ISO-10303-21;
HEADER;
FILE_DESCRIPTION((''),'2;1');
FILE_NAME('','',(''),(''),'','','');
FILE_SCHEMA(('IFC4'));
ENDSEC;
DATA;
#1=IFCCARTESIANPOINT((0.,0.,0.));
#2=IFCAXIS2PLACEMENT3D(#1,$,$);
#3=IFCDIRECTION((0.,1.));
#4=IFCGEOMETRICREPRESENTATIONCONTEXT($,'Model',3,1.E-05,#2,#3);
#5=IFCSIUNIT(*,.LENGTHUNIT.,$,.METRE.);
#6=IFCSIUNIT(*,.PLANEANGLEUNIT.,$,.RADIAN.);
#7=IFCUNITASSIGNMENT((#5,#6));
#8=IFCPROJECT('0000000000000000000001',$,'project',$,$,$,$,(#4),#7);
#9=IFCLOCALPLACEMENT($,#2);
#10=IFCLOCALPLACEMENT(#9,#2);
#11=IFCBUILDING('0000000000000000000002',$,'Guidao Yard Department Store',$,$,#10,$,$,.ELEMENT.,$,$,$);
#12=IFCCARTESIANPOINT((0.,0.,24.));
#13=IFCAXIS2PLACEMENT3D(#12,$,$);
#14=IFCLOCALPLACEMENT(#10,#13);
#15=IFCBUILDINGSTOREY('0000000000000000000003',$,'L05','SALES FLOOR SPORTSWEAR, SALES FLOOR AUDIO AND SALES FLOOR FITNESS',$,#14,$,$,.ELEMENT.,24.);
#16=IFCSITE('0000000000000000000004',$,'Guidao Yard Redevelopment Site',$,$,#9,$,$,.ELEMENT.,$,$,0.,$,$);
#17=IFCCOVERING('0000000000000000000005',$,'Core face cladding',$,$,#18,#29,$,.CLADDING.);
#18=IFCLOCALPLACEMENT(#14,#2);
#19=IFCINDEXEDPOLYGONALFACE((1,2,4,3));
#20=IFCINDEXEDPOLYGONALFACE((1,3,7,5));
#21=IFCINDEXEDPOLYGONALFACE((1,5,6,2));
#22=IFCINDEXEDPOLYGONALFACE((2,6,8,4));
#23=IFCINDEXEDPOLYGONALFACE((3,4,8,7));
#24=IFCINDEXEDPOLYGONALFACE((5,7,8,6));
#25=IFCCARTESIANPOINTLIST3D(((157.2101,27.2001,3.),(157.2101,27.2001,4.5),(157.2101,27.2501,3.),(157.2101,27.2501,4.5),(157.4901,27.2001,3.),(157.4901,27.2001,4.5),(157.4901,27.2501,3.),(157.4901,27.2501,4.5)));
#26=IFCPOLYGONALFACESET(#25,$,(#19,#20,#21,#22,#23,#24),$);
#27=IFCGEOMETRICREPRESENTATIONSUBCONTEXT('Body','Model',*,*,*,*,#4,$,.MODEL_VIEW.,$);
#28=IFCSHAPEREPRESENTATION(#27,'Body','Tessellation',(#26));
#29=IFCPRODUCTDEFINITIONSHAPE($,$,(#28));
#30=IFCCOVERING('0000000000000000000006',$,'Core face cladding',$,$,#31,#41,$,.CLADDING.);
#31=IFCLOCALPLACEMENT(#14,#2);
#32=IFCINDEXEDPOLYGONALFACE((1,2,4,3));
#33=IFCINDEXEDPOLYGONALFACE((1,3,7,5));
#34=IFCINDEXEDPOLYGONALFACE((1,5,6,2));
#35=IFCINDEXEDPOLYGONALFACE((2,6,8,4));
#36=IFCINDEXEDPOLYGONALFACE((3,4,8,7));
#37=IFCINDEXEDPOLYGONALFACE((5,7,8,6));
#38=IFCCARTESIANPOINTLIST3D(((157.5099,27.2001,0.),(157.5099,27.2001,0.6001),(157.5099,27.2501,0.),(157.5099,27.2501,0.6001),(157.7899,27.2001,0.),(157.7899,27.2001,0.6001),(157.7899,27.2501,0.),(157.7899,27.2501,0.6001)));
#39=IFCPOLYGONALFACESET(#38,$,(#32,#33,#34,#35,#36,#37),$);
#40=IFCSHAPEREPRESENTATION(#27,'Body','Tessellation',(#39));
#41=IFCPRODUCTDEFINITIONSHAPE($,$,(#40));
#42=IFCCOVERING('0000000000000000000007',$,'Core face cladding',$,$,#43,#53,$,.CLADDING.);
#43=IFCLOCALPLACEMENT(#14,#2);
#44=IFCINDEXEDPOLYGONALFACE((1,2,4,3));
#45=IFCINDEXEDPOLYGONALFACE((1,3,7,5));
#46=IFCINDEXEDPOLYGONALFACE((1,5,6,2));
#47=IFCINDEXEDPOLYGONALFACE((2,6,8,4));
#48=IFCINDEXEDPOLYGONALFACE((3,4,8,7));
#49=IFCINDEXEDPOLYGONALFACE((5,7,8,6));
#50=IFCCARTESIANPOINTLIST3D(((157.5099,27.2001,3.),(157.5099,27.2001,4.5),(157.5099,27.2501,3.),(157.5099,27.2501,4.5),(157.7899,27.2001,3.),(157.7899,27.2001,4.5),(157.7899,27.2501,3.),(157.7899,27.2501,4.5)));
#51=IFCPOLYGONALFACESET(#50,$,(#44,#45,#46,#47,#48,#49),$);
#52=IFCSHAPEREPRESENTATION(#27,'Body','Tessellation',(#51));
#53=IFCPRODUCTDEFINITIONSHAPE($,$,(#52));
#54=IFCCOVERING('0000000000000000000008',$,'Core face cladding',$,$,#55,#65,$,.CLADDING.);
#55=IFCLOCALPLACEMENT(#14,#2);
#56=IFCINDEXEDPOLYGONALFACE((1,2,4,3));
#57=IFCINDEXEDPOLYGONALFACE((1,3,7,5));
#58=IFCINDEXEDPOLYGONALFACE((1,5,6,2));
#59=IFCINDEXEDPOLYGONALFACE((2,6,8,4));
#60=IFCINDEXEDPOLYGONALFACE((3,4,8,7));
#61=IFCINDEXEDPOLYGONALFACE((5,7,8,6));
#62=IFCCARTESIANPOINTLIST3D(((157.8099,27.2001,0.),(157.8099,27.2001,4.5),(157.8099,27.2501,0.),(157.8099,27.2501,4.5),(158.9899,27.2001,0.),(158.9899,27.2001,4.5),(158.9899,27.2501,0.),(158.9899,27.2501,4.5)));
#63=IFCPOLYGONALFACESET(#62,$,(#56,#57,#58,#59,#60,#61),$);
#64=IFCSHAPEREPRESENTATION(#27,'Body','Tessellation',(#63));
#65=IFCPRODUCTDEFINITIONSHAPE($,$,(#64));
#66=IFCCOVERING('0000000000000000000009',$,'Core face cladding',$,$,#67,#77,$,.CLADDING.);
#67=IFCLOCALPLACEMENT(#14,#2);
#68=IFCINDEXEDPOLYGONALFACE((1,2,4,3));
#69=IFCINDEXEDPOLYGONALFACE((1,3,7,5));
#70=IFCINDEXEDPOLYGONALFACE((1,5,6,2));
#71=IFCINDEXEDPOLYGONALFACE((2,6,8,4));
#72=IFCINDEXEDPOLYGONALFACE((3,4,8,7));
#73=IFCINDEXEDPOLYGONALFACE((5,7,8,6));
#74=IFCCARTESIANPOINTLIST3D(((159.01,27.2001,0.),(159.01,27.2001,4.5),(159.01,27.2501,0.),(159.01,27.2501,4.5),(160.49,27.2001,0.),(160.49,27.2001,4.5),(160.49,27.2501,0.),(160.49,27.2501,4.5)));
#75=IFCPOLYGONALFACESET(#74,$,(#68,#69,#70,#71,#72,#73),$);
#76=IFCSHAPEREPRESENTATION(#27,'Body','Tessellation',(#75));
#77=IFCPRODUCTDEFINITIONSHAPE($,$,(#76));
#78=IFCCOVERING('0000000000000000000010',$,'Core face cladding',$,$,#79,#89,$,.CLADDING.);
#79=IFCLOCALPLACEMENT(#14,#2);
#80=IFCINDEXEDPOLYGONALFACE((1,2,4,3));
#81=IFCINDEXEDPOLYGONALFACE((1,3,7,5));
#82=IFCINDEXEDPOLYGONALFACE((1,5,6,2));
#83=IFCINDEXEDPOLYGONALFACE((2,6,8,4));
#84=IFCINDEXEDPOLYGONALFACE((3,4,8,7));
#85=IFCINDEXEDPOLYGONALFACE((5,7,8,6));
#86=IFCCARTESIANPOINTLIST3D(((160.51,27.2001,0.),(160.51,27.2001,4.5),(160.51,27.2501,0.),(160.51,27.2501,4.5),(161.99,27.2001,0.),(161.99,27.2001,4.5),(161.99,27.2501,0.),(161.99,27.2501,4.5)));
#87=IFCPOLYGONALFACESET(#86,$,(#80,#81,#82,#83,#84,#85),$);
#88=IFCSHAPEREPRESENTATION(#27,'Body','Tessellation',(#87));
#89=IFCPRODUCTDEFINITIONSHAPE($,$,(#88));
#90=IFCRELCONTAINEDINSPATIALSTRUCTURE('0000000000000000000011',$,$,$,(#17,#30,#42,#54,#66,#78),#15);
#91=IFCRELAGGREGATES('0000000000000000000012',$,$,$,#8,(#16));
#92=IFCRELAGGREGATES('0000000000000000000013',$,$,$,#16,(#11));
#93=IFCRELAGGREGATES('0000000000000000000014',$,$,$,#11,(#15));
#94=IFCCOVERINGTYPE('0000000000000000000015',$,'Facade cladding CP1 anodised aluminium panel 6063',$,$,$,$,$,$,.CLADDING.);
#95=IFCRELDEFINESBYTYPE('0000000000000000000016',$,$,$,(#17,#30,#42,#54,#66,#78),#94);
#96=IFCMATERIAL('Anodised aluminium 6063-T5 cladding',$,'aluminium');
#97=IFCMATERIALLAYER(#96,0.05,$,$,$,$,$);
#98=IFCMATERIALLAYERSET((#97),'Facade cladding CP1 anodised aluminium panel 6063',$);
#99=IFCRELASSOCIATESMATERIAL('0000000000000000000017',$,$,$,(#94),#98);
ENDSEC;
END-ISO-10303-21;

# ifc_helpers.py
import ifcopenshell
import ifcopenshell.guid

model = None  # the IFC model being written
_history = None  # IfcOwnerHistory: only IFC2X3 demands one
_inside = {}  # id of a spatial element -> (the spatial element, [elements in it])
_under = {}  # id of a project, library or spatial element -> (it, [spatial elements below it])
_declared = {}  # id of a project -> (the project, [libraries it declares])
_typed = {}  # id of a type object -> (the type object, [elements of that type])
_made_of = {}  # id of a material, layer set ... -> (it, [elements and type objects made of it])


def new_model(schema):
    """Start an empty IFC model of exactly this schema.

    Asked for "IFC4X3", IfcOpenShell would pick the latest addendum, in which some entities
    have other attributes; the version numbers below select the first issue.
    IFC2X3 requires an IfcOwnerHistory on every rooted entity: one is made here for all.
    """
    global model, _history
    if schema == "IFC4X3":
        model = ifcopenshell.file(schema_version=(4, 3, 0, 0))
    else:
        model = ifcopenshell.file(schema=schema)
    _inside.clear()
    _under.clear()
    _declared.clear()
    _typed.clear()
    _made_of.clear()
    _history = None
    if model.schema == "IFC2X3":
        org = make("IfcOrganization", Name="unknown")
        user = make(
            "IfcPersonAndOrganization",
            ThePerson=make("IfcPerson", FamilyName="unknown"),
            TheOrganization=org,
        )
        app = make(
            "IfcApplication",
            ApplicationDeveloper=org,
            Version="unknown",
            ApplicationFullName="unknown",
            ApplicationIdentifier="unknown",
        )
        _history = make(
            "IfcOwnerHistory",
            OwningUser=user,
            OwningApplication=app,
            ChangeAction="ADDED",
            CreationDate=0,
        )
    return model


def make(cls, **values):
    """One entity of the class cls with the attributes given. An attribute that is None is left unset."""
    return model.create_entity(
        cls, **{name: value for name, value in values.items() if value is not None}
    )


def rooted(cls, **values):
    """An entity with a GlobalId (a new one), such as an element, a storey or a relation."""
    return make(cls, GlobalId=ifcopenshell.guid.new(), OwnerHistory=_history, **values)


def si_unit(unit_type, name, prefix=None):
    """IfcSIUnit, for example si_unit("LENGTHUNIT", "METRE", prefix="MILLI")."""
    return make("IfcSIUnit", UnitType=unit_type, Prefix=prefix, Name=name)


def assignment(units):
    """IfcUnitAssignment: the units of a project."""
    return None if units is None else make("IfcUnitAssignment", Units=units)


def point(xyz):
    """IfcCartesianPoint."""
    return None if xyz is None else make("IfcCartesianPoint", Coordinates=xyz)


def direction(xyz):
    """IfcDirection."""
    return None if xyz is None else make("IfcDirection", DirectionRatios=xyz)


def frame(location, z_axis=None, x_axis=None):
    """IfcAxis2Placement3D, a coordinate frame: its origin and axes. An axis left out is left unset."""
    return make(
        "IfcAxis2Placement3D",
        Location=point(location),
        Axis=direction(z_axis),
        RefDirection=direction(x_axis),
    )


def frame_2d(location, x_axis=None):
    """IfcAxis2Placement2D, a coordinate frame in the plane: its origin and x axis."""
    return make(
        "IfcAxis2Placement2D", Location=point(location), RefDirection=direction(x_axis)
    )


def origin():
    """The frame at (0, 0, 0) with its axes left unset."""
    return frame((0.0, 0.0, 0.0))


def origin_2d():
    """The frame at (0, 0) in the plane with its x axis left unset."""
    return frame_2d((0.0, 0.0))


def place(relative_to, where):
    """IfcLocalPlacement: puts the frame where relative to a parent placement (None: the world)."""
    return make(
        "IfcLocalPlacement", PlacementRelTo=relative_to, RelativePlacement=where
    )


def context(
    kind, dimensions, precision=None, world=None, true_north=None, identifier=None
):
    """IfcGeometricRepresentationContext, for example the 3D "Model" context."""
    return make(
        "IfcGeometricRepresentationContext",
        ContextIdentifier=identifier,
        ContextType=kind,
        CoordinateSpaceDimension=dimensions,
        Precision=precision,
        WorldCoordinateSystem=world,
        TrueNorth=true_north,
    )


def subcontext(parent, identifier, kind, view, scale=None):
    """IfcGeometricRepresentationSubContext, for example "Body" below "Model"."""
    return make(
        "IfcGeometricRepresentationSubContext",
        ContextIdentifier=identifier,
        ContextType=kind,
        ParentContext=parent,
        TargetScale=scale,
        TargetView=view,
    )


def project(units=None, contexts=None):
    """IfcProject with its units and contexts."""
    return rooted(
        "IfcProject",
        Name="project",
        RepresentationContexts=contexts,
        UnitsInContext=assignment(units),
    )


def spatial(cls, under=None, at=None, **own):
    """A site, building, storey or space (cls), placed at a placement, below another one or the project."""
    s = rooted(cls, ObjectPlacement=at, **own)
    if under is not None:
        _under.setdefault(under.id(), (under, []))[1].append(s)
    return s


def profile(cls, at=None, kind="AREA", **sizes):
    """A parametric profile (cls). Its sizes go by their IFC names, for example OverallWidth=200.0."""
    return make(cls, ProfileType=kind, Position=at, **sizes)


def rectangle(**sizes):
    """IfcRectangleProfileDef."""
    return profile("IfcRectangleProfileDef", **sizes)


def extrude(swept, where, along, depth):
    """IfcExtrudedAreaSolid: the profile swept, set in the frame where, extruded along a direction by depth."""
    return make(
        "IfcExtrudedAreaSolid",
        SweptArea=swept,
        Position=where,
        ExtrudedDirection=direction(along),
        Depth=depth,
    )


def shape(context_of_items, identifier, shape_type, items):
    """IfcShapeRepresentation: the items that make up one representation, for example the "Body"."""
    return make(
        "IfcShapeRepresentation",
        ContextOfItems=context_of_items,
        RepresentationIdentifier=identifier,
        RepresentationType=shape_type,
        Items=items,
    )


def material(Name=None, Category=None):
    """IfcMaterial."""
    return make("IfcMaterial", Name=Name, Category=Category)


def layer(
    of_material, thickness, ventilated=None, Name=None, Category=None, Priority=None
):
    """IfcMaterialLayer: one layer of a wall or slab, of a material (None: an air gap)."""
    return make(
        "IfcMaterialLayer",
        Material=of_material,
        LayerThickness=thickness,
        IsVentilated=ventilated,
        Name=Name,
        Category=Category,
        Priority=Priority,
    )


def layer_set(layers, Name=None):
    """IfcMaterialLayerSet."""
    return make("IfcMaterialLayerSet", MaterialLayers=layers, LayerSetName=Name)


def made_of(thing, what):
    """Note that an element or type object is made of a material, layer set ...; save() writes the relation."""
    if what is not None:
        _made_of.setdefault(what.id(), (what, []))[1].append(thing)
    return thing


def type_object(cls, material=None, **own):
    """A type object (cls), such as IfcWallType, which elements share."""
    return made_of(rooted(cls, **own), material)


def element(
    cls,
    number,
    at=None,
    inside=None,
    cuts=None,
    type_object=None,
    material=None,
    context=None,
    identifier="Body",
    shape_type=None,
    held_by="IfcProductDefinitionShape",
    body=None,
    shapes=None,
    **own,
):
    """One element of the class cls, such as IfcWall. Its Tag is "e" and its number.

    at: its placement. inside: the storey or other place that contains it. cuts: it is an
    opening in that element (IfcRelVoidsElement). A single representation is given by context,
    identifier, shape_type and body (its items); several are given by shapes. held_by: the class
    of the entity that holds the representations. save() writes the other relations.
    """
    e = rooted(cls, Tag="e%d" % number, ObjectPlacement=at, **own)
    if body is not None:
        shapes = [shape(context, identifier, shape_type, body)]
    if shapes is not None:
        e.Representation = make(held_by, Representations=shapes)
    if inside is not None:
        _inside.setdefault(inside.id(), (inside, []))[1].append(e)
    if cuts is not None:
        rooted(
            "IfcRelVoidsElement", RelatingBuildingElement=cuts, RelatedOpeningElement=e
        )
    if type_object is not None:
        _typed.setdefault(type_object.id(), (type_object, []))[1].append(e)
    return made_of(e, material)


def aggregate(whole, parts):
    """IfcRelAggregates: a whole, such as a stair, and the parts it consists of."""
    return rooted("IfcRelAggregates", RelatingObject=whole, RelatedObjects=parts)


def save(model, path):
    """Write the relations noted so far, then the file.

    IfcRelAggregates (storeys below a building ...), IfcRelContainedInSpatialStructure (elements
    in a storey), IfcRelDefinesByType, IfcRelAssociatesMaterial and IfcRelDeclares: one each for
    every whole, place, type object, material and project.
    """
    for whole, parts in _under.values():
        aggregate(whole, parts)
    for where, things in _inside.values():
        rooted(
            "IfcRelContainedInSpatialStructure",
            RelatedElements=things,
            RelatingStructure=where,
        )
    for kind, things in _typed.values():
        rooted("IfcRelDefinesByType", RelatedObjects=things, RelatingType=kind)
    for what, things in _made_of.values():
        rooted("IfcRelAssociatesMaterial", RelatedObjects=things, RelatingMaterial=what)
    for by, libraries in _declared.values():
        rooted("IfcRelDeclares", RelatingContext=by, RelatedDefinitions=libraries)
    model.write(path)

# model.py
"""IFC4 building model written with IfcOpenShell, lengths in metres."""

from ifc_helpers import new_model, si_unit, direction, frame, origin, origin_2d, place, context, subcontext, project, spatial, rectangle, extrude, material, layer, layer_set, type_object, element, save


model = new_model("IFC4")

# Units and contexts
model_context = context("Model", 3, precision=1e-05, world=origin(), true_north=direction((0.0, 1.0)))
body_context = subcontext(model_context, "Body", "Model", "MODEL_VIEW")
ifc_project = project(units=[si_unit("LENGTHUNIT", "METRE"), si_unit("PLANEANGLEUNIT", "RADIAN")], contexts=[model_context])

# Site, building, storey
site_placement = place(None, origin())
site = spatial("IfcSite", under=ifc_project, at=site_placement, Name="Guidao Yard Redevelopment Site", CompositionType="ELEMENT", RefElevation=0.0)
building_placement = place(site_placement, origin())
building = spatial("IfcBuilding", under=site, at=building_placement, Name="Guidao Yard Department Store", CompositionType="ELEMENT")
storey_placement = place(building_placement, frame((0.0, 0.0, 24.0)))
storey = spatial("IfcBuildingStorey", under=building, at=storey_placement, Name="L05", Description="SALES FLOOR SPORTSWEAR, SALES FLOOR AUDIO AND SALES FLOOR FITNESS", CompositionType="ELEMENT", Elevation=24.0)

# Coverings
ifc_material_1 = material(Name="Anodised aluminium 6063-T5 cladding", Category="aluminium")
ifc_layer_1 = layer(ifc_material_1, 0.05)
ifc_layer_set_1 = layer_set([ifc_layer_1], Name="Facade cladding CP1 anodised aluminium panel 6063")
covering_type = type_object("IfcCoveringType", Name="Facade cladding CP1 anodised aluminium panel 6063", PredefinedType="CLADDING", material=ifc_layer_set_1)
covering_1_placement = place(storey_placement, frame((157.3501, 27.2251, 3.0), z_axis=(0.0, 0.0, 1.0), x_axis=(1.0, 0.0, 0.0)))
element("IfcCovering", 1, at=covering_1_placement, inside=storey, type_object=covering_type, Name="Core face cladding", PredefinedType="CLADDING", context=body_context, shape_type="SweptSolid", body=[
    extrude(rectangle(XDim=0.28, YDim=0.05, at=origin_2d()), origin(), (0.0, 0.0, 1.0), 1.5),
])
covering_2_placement = place(storey_placement, frame((157.6499, 27.2251, 0.0), z_axis=(0.0, 0.0, 1.0), x_axis=(1.0, 0.0, 0.0)))
element("IfcCovering", 2, at=covering_2_placement, inside=storey, type_object=covering_type, Name="Core face cladding", PredefinedType="CLADDING", context=body_context, shape_type="SweptSolid", body=[
    extrude(rectangle(XDim=0.28, YDim=0.05, at=origin_2d()), origin(), (0.0, 0.0, 1.0), 0.6001),
])
covering_3_placement = place(storey_placement, frame((157.6499, 27.2251, 3.0), z_axis=(0.0, 0.0, 1.0), x_axis=(1.0, 0.0, 0.0)))
element("IfcCovering", 3, at=covering_3_placement, inside=storey, type_object=covering_type, Name="Core face cladding", PredefinedType="CLADDING", context=body_context, shape_type="SweptSolid", body=[
    extrude(rectangle(XDim=0.28, YDim=0.05, at=origin_2d()), origin(), (0.0, 0.0, 1.0), 1.5),
])
covering_4_placement = place(storey_placement, frame((158.3999, 27.2251, 0.0), z_axis=(0.0, 0.0, 1.0), x_axis=(1.0, 0.0, 0.0)))
element("IfcCovering", 4, at=covering_4_placement, inside=storey, type_object=covering_type, Name="Core face cladding", PredefinedType="CLADDING", context=body_context, shape_type="SweptSolid", body=[
    extrude(rectangle(XDim=1.1799, YDim=0.05, at=origin_2d()), origin(), (0.0, 0.0, 1.0), 4.5),
])
for number, where, z_axis, x_axis, name in (
    (5, (159.75, 27.2251, 0.0), (0.0, 0.0, 1.0), (1.0, 0.0, 0.0), "Core face cladding"),
    (6, (161.25, 27.2251, 0.0), (0.0, 0.0, 1.0), (1.0, 0.0, 0.0), "Core face cladding"),
):
    element("IfcCovering", number, at=place(storey_placement, frame(where, z_axis=z_axis, x_axis=x_axis)), inside=storey, type_object=covering_type, Name=name, PredefinedType="CLADDING", context=body_context, shape_type="SweptSolid", body=[
        extrude(rectangle(XDim=1.48, YDim=0.05, at=origin_2d()), origin(), (0.0, 0.0, 1.0), 4.5),
    ])

save(model, "model.ifc")
